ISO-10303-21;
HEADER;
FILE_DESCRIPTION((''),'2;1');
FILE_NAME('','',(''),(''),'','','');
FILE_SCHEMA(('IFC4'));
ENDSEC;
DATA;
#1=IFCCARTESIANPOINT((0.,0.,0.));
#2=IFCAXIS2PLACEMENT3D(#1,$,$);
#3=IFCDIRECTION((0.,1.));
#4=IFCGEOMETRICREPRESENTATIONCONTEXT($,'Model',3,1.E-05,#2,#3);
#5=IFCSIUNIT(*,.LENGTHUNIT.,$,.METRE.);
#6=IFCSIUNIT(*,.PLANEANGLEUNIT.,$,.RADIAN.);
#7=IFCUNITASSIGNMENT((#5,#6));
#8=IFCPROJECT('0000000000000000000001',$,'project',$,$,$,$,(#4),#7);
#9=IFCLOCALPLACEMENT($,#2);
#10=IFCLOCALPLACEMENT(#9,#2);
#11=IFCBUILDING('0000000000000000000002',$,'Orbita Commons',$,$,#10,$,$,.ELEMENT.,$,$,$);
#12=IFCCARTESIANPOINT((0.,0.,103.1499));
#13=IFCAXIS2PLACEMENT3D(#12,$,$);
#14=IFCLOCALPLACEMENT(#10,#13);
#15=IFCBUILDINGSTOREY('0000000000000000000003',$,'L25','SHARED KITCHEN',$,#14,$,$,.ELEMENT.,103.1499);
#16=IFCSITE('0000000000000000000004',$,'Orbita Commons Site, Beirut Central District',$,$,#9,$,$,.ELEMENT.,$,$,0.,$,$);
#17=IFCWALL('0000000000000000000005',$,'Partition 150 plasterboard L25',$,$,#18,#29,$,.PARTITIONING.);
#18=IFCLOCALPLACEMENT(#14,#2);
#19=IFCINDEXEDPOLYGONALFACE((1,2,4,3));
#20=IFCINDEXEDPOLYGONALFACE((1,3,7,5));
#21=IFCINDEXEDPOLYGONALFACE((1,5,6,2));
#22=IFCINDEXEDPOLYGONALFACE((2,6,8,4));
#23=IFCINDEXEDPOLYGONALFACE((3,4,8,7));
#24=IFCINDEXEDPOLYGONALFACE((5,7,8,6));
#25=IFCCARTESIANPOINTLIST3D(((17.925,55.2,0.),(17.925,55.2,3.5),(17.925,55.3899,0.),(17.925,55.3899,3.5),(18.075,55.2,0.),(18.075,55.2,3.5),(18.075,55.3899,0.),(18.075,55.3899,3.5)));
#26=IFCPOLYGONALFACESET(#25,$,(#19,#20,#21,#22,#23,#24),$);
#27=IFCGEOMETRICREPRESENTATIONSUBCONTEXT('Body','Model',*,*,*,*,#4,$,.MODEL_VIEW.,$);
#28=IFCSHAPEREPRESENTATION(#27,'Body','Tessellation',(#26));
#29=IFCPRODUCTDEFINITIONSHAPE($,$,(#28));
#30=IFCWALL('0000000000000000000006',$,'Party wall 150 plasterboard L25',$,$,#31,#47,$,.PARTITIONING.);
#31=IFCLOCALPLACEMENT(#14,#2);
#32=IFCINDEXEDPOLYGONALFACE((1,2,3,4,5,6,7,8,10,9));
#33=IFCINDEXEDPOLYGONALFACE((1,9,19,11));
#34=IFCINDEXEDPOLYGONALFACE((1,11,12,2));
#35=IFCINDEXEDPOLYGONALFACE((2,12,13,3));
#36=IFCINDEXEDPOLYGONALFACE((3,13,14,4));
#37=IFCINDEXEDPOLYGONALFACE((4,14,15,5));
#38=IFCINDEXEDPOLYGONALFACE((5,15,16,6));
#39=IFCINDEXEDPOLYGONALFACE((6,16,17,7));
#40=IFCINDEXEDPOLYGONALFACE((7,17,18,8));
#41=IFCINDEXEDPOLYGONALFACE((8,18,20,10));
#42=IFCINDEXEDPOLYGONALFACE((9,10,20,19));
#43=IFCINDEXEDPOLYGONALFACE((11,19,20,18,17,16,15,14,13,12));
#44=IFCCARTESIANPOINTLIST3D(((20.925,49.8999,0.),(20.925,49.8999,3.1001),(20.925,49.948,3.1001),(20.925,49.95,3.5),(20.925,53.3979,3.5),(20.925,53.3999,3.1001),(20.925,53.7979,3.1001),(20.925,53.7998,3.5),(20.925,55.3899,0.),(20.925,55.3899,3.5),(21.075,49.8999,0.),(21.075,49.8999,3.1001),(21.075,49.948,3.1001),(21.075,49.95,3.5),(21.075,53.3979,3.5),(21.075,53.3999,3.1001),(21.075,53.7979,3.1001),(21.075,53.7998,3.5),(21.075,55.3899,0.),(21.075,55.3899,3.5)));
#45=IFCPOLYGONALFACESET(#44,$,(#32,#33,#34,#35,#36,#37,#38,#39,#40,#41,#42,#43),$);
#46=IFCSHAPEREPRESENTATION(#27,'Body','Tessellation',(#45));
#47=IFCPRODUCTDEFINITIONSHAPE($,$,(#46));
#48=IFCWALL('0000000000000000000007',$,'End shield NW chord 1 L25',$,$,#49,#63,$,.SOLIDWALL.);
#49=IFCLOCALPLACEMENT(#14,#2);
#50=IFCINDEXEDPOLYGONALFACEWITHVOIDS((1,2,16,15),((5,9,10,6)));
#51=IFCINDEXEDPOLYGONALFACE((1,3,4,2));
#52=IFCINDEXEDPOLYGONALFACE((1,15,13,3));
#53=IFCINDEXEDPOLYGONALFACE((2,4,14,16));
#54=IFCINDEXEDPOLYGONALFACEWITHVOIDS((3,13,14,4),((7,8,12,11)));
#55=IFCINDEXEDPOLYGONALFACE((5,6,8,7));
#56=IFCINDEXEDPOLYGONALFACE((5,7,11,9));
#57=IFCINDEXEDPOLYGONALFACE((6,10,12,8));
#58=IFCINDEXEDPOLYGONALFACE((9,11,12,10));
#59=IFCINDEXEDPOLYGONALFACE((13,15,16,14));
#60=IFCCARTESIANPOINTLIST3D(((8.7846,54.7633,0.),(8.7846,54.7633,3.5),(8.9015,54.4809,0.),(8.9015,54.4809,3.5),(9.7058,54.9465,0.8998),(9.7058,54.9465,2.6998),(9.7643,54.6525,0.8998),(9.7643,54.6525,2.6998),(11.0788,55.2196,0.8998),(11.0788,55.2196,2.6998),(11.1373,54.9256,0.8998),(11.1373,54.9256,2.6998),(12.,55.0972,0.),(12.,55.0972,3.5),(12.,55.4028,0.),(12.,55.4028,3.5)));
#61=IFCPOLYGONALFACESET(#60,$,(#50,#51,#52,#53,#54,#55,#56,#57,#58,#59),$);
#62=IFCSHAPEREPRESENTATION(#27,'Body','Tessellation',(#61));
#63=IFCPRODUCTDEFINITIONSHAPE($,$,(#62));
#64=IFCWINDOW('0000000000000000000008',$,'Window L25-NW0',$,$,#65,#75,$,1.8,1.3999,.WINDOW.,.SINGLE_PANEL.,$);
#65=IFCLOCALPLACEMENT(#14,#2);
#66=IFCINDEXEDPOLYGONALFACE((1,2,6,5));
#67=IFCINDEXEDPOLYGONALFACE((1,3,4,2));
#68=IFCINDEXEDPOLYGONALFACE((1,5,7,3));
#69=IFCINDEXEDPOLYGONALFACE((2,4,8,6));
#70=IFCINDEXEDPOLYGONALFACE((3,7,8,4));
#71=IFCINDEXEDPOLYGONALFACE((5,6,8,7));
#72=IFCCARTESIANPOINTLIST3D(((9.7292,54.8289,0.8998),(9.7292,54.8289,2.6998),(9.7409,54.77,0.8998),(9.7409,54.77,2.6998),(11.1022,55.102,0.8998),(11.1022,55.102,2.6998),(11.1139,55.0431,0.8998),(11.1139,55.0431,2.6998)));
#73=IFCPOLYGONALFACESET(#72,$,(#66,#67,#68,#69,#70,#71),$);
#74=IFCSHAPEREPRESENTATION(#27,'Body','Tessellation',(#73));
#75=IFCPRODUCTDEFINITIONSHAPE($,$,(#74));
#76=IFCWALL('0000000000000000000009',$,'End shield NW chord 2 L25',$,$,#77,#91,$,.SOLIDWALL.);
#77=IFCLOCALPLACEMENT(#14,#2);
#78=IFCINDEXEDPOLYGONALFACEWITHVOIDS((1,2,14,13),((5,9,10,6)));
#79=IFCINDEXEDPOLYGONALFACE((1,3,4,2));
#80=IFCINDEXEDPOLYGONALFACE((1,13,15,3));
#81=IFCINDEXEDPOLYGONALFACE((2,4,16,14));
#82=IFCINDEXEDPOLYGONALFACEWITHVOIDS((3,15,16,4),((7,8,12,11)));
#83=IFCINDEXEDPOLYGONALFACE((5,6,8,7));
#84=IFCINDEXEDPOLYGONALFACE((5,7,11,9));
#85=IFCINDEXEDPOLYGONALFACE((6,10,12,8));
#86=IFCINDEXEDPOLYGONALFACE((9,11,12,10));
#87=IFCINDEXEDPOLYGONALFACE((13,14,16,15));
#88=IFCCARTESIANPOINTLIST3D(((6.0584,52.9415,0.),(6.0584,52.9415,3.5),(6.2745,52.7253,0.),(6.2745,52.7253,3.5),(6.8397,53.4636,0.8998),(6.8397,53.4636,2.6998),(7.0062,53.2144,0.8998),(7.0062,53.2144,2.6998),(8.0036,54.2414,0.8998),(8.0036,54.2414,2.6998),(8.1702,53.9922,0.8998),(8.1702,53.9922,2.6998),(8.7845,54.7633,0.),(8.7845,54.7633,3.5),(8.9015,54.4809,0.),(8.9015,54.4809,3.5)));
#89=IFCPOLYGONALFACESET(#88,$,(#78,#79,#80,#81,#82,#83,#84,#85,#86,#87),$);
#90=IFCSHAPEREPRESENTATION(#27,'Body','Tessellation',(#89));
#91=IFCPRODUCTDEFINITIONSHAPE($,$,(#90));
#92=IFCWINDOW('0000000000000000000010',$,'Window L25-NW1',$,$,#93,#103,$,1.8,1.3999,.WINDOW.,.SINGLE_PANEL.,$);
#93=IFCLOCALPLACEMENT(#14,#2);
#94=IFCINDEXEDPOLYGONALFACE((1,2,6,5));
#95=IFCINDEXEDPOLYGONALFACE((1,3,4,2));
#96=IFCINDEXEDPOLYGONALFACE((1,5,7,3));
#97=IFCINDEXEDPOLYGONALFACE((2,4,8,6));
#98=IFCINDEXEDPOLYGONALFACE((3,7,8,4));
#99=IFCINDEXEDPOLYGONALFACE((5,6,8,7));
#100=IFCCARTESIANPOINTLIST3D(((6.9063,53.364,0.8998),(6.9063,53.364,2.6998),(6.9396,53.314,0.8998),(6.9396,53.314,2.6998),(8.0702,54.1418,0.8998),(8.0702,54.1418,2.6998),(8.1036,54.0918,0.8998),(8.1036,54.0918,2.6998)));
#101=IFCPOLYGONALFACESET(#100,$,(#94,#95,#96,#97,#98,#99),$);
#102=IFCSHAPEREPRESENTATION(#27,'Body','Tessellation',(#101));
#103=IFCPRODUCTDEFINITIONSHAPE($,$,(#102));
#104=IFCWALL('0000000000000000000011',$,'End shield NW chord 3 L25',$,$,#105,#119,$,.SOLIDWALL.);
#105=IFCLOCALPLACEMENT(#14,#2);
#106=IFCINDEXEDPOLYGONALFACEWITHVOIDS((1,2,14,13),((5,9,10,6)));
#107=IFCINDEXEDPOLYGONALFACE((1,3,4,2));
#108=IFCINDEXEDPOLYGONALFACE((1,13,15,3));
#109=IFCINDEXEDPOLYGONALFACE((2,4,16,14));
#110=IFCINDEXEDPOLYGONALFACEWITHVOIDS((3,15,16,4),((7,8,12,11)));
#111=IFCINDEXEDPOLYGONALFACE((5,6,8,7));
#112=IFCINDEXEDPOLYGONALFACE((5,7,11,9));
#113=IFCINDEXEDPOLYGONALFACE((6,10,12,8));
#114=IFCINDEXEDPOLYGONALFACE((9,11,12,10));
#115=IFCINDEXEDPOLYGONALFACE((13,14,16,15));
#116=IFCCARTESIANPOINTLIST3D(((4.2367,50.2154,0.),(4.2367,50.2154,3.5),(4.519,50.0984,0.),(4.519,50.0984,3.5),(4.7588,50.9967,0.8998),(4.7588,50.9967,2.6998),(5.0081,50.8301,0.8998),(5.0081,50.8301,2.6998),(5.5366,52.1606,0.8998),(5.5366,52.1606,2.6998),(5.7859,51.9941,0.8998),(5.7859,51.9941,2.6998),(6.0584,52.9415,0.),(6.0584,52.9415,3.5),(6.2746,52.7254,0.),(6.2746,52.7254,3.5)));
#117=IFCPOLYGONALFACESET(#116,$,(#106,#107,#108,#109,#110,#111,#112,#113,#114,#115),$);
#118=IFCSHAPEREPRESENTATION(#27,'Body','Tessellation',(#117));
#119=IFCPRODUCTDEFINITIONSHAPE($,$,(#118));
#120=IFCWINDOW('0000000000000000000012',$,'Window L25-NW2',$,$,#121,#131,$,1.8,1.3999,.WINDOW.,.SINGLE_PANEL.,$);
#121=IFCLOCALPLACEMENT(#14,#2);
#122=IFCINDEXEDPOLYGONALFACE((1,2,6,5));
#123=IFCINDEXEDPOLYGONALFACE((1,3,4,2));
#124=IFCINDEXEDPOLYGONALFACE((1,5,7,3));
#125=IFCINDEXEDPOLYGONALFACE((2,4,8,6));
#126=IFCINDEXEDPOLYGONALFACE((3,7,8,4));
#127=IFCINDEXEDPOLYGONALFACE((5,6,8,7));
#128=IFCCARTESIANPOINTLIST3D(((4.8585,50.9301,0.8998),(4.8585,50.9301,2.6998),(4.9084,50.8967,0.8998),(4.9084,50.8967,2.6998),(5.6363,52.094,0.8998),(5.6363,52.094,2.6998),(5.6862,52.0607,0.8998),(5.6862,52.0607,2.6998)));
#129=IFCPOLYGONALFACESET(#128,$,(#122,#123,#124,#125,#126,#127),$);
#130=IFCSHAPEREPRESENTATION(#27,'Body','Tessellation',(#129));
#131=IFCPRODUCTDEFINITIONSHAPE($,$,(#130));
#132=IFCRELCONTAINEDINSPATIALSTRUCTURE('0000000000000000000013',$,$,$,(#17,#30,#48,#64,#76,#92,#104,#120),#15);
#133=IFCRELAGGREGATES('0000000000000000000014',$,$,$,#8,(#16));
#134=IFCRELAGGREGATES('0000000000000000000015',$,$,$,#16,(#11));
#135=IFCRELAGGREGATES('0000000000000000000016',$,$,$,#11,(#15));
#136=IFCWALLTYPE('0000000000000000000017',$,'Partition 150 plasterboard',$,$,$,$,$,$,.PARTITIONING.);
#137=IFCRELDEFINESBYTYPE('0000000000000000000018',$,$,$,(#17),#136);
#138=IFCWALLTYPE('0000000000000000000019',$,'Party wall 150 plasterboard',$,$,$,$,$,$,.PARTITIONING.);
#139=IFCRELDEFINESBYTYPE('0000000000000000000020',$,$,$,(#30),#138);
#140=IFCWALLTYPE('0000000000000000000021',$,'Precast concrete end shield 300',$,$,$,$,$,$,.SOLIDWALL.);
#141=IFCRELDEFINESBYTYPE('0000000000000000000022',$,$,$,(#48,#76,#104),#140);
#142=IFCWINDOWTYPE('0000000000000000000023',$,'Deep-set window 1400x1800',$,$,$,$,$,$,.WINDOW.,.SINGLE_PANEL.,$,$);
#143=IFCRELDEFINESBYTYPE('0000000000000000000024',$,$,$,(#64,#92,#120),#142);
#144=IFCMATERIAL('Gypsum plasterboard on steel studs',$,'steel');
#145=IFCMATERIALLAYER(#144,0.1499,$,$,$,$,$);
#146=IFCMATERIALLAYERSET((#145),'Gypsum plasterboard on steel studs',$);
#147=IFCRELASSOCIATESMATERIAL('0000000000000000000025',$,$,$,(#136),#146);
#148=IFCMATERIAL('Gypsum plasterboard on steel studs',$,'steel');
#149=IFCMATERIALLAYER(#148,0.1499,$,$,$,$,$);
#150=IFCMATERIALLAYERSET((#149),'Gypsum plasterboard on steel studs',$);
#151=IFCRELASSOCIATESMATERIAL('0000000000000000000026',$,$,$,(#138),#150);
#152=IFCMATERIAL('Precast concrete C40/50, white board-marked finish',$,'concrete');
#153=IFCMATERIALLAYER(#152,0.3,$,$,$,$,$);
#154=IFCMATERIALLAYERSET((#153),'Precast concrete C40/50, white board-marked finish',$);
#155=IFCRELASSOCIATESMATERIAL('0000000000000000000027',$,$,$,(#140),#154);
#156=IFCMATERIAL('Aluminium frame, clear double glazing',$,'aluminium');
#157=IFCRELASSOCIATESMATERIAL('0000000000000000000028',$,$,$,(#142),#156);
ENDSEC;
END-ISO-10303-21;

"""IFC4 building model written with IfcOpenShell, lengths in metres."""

from ifc_helpers import new_model, si_unit, direction, frame, frame_2d, origin, place, context, subcontext, project, spatial, polyline, rectangle, outline, extrude, material, layer, layer_set, type_object, element, fill, save


model = new_model("IFC4")

# Units and contexts
model_context = context("Model", 3, precision=1e-05, world=origin(), true_north=direction((0.0, 1.0)))
body_context = subcontext(model_context, "Body", "Model", "MODEL_VIEW")
ifc_project = project(units=[si_unit("LENGTHUNIT", "METRE"), si_unit("PLANEANGLEUNIT", "RADIAN")], contexts=[model_context])

# Site, building, storey
site_placement = place(None, origin())
site = spatial("IfcSite", under=ifc_project, at=site_placement, Name="Orbita Commons Site, Beirut Central District", CompositionType="ELEMENT", RefElevation=0.0)
building_placement = place(site_placement, origin())
building = spatial("IfcBuilding", under=site, at=building_placement, Name="Orbita Commons", CompositionType="ELEMENT")
storey_placement = place(building_placement, frame((0.0, 0.0, 103.1499)))
storey = spatial("IfcBuildingStorey", under=building, at=storey_placement, Name="L25", Description="SHARED KITCHEN", CompositionType="ELEMENT", Elevation=103.1499)

# Walls
ifc_material_1 = material(Name="Gypsum plasterboard on steel studs", Category="steel")
ifc_layer_1 = layer(ifc_material_1, 0.1499)
ifc_layer_set_1 = layer_set([ifc_layer_1], Name="Gypsum plasterboard on steel studs")
wall_type_1 = type_object("IfcWallType", Name="Partition 150 plasterboard", PredefinedType="PARTITIONING", material=ifc_layer_set_1)
wall_1_placement = place(storey_placement, frame((18.0, 55.2, 0.0), z_axis=(0.0, 0.0, 1.0), x_axis=(0.0, 1.0, 0.0)))
element("IfcWall", 1, at=wall_1_placement, inside=storey, type_object=wall_type_1, Name="Partition 150 plasterboard L25", PredefinedType="PARTITIONING", context=body_context, shape_type="SweptSolid", body=[
    extrude(rectangle(XDim=0.1899, YDim=0.1499, at=frame_2d((0.095, 0.0))), origin(), (0.0, 0.0, 1.0), 3.5),
])
ifc_material_2 = material(Name="Gypsum plasterboard on steel studs", Category="steel")
ifc_layer_2 = layer(ifc_material_2, 0.1499)
ifc_layer_set_2 = layer_set([ifc_layer_2], Name="Gypsum plasterboard on steel studs")
wall_type_2 = type_object("IfcWallType", Name="Party wall 150 plasterboard", PredefinedType="PARTITIONING", material=ifc_layer_set_2)
wall_2_placement = place(storey_placement, frame((21.0, 55.3899, 0.0), z_axis=(0.0, 0.0, 1.0), x_axis=(0.0, -1.0, 0.0)))
element("IfcWall", 2, at=wall_2_placement, inside=storey, type_object=wall_type_2, Name="Party wall 150 plasterboard L25", PredefinedType="PARTITIONING", context=body_context, shape_type="SweptSolid", body=[
    extrude(outline(polyline([(0.0, 0.0), (5.49, 0.0), (5.49, 3.1001), (5.4419, 3.1001), (5.4399, 3.5), (1.9919, 3.5), (1.99, 3.1001), (1.592, 3.1001), (1.5901, 3.5), (0.0, 3.5), (0.0, 0.0)])), frame((0.0, 0.075, 0.0), z_axis=(0.0, -1.0, 0.0), x_axis=(1.0, 0.0, 0.0)), (0.0, 0.0, 1.0), 0.1499),
])

# Walls, openings, windows
ifc_material_3 = material(Name="Precast concrete C40/50, white board-marked finish", Category="concrete")
ifc_layer_3 = layer(ifc_material_3, 0.3)
ifc_layer_set_3 = layer_set([ifc_layer_3], Name="Precast concrete C40/50, white board-marked finish")
wall_type_3 = type_object("IfcWallType", Name="Precast concrete end shield 300", PredefinedType="SOLIDWALL", material=ifc_layer_set_3)
wall_3_placement = place(storey_placement, frame((12.0, 55.25, 0.0), z_axis=(0.0, 0.0, 1.0), x_axis=(-0.980787, -0.19508, 0.0)))
wall_3 = element("IfcWall", 3, at=wall_3_placement, inside=storey, type_object=wall_type_3, Name="End shield NW chord 1 L25", PredefinedType="SOLIDWALL", context=body_context, shape_type="SweptSolid", body=[
    extrude(outline(polyline([(-0.0298, -0.1499), (3.2485, -0.1499), (3.189, 0.1499), (0.0298, 0.1499), (-0.0298, -0.1499)])), origin(), (0.0, 0.0, 1.0), 3.5),
])
opening_1_placement = place(wall_3_placement, frame((0.9094, 0.0, 0.8999)))
opening_1 = element("IfcOpeningElement", 4, at=opening_1_placement, cuts=wall_3, PredefinedType="OPENING", context=body_context, shape_type="SweptSolid", body=[
    extrude(rectangle(XDim=1.3999, YDim=1.8, at=frame_2d((0.7, 0.8999))), frame((0.0, 0.1599, 0.0), z_axis=(0.0, -1.0, 0.0), x_axis=(1.0, 0.0, 0.0)), (0.0, 0.0, 1.0), 0.3201),
])
ifc_material_4 = material(Name="Aluminium frame, clear double glazing", Category="aluminium")
window_type = type_object("IfcWindowType", Name="Deep-set window 1400x1800", PartitioningType="SINGLE_PANEL", PredefinedType="WINDOW", material=ifc_material_4)
window_1_placement = place(opening_1_placement, origin())
window_1 = element("IfcWindow", 5, at=window_1_placement, inside=storey, type_object=window_type, Name="Window L25-NW0", OverallHeight=1.8, OverallWidth=1.3999, PartitioningType="SINGLE_PANEL", PredefinedType="WINDOW", context=body_context, shape_type="SweptSolid", body=[
    extrude(rectangle(XDim=1.3999, YDim=1.8, at=frame_2d((0.7, 0.8999))), frame((0.0, 0.03, 0.0), z_axis=(0.0, -1.0, 0.0), x_axis=(1.0, 0.0, 0.0)), (0.0, 0.0, 1.0), 0.0601),
])
fill(opening_1, window_1)
wall_4_placement = place(storey_placement, frame((8.843, 54.6221, 0.0), z_axis=(0.0, 0.0, 1.0), x_axis=(-0.831443, -0.55561, 0.0)))
wall_4 = element("IfcWall", 6, at=wall_4_placement, inside=storey, type_object=wall_type_3, Name="End shield NW chord 2 L25", PredefinedType="SOLIDWALL", context=body_context, shape_type="SweptSolid", body=[
    extrude(outline(polyline([(-0.0298, -0.1499), (3.249, -0.1499), (3.1895, 0.1499), (0.0298, 0.1499), (-0.0298, -0.1499)])), origin(), (0.0, 0.0, 1.0), 3.5),
])
opening_2_placement = place(wall_4_placement, frame((0.9094, 0.0, 0.8999)))
opening_2 = element("IfcOpeningElement", 7, at=opening_2_placement, cuts=wall_4, PredefinedType="OPENING", context=body_context, shape_type="SweptSolid", body=[
    extrude(rectangle(XDim=1.3999, YDim=1.8, at=frame_2d((0.7, 0.8999))), frame((0.0, 0.1599, 0.0), z_axis=(0.0, -1.0, 0.0), x_axis=(1.0, 0.0, 0.0)), (0.0, 0.0, 1.0), 0.3201),
])
window_2_placement = place(opening_2_placement, origin())
window_2 = element("IfcWindow", 8, at=window_2_placement, inside=storey, type_object=window_type, Name="Window L25-NW1", OverallHeight=1.8, OverallWidth=1.3999, PartitioningType="SINGLE_PANEL", PredefinedType="WINDOW", context=body_context, shape_type="SweptSolid", body=[
    extrude(rectangle(XDim=1.3999, YDim=1.8, at=frame_2d((0.7, 0.8999))), frame((0.0, 0.03, 0.0), z_axis=(0.0, -1.0, 0.0), x_axis=(1.0, 0.0, 0.0)), (0.0, 0.0, 1.0), 0.0601),
])
fill(opening_2, window_2)
wall_5_placement = place(storey_placement, frame((6.1665, 52.8335, 0.0), z_axis=(0.0, 0.0, 1.0), x_axis=(-0.55561, -0.831443, 0.0)))
wall_5 = element("IfcWall", 9, at=wall_5_placement, inside=storey, type_object=wall_type_3, Name="End shield NW chord 3 L25", PredefinedType="SOLIDWALL", context=body_context, shape_type="SweptSolid", body=[
    extrude(outline(polyline([(-0.0298, -0.1499), (3.249, -0.1499), (3.1895, 0.1499), (0.0298, 0.1499), (-0.0298, -0.1499)])), origin(), (0.0, 0.0, 1.0), 3.5),
])
opening_3_placement = place(wall_5_placement, frame((0.9094, 0.0, 0.8999)))
opening_3 = element("IfcOpeningElement", 10, at=opening_3_placement, cuts=wall_5, PredefinedType="OPENING", context=body_context, shape_type="SweptSolid", body=[
    extrude(rectangle(XDim=1.3999, YDim=1.8, at=frame_2d((0.7, 0.8999))), frame((0.0, 0.1599, 0.0), z_axis=(0.0, -1.0, 0.0), x_axis=(1.0, 0.0, 0.0)), (0.0, 0.0, 1.0), 0.3201),
])
window_3_placement = place(opening_3_placement, origin())
window_3 = element("IfcWindow", 11, at=window_3_placement, inside=storey, type_object=window_type, Name="Window L25-NW2", OverallHeight=1.8, OverallWidth=1.3999, PartitioningType="SINGLE_PANEL", PredefinedType="WINDOW", context=body_context, shape_type="SweptSolid", body=[
    extrude(rectangle(XDim=1.3999, YDim=1.8, at=frame_2d((0.7, 0.8999))), frame((0.0, 0.03, 0.0), z_axis=(0.0, -1.0, 0.0), x_axis=(1.0, 0.0, 0.0)), (0.0, 0.0, 1.0), 0.0601),
])
fill(opening_3, window_3)

save(model, "model.ifc")
